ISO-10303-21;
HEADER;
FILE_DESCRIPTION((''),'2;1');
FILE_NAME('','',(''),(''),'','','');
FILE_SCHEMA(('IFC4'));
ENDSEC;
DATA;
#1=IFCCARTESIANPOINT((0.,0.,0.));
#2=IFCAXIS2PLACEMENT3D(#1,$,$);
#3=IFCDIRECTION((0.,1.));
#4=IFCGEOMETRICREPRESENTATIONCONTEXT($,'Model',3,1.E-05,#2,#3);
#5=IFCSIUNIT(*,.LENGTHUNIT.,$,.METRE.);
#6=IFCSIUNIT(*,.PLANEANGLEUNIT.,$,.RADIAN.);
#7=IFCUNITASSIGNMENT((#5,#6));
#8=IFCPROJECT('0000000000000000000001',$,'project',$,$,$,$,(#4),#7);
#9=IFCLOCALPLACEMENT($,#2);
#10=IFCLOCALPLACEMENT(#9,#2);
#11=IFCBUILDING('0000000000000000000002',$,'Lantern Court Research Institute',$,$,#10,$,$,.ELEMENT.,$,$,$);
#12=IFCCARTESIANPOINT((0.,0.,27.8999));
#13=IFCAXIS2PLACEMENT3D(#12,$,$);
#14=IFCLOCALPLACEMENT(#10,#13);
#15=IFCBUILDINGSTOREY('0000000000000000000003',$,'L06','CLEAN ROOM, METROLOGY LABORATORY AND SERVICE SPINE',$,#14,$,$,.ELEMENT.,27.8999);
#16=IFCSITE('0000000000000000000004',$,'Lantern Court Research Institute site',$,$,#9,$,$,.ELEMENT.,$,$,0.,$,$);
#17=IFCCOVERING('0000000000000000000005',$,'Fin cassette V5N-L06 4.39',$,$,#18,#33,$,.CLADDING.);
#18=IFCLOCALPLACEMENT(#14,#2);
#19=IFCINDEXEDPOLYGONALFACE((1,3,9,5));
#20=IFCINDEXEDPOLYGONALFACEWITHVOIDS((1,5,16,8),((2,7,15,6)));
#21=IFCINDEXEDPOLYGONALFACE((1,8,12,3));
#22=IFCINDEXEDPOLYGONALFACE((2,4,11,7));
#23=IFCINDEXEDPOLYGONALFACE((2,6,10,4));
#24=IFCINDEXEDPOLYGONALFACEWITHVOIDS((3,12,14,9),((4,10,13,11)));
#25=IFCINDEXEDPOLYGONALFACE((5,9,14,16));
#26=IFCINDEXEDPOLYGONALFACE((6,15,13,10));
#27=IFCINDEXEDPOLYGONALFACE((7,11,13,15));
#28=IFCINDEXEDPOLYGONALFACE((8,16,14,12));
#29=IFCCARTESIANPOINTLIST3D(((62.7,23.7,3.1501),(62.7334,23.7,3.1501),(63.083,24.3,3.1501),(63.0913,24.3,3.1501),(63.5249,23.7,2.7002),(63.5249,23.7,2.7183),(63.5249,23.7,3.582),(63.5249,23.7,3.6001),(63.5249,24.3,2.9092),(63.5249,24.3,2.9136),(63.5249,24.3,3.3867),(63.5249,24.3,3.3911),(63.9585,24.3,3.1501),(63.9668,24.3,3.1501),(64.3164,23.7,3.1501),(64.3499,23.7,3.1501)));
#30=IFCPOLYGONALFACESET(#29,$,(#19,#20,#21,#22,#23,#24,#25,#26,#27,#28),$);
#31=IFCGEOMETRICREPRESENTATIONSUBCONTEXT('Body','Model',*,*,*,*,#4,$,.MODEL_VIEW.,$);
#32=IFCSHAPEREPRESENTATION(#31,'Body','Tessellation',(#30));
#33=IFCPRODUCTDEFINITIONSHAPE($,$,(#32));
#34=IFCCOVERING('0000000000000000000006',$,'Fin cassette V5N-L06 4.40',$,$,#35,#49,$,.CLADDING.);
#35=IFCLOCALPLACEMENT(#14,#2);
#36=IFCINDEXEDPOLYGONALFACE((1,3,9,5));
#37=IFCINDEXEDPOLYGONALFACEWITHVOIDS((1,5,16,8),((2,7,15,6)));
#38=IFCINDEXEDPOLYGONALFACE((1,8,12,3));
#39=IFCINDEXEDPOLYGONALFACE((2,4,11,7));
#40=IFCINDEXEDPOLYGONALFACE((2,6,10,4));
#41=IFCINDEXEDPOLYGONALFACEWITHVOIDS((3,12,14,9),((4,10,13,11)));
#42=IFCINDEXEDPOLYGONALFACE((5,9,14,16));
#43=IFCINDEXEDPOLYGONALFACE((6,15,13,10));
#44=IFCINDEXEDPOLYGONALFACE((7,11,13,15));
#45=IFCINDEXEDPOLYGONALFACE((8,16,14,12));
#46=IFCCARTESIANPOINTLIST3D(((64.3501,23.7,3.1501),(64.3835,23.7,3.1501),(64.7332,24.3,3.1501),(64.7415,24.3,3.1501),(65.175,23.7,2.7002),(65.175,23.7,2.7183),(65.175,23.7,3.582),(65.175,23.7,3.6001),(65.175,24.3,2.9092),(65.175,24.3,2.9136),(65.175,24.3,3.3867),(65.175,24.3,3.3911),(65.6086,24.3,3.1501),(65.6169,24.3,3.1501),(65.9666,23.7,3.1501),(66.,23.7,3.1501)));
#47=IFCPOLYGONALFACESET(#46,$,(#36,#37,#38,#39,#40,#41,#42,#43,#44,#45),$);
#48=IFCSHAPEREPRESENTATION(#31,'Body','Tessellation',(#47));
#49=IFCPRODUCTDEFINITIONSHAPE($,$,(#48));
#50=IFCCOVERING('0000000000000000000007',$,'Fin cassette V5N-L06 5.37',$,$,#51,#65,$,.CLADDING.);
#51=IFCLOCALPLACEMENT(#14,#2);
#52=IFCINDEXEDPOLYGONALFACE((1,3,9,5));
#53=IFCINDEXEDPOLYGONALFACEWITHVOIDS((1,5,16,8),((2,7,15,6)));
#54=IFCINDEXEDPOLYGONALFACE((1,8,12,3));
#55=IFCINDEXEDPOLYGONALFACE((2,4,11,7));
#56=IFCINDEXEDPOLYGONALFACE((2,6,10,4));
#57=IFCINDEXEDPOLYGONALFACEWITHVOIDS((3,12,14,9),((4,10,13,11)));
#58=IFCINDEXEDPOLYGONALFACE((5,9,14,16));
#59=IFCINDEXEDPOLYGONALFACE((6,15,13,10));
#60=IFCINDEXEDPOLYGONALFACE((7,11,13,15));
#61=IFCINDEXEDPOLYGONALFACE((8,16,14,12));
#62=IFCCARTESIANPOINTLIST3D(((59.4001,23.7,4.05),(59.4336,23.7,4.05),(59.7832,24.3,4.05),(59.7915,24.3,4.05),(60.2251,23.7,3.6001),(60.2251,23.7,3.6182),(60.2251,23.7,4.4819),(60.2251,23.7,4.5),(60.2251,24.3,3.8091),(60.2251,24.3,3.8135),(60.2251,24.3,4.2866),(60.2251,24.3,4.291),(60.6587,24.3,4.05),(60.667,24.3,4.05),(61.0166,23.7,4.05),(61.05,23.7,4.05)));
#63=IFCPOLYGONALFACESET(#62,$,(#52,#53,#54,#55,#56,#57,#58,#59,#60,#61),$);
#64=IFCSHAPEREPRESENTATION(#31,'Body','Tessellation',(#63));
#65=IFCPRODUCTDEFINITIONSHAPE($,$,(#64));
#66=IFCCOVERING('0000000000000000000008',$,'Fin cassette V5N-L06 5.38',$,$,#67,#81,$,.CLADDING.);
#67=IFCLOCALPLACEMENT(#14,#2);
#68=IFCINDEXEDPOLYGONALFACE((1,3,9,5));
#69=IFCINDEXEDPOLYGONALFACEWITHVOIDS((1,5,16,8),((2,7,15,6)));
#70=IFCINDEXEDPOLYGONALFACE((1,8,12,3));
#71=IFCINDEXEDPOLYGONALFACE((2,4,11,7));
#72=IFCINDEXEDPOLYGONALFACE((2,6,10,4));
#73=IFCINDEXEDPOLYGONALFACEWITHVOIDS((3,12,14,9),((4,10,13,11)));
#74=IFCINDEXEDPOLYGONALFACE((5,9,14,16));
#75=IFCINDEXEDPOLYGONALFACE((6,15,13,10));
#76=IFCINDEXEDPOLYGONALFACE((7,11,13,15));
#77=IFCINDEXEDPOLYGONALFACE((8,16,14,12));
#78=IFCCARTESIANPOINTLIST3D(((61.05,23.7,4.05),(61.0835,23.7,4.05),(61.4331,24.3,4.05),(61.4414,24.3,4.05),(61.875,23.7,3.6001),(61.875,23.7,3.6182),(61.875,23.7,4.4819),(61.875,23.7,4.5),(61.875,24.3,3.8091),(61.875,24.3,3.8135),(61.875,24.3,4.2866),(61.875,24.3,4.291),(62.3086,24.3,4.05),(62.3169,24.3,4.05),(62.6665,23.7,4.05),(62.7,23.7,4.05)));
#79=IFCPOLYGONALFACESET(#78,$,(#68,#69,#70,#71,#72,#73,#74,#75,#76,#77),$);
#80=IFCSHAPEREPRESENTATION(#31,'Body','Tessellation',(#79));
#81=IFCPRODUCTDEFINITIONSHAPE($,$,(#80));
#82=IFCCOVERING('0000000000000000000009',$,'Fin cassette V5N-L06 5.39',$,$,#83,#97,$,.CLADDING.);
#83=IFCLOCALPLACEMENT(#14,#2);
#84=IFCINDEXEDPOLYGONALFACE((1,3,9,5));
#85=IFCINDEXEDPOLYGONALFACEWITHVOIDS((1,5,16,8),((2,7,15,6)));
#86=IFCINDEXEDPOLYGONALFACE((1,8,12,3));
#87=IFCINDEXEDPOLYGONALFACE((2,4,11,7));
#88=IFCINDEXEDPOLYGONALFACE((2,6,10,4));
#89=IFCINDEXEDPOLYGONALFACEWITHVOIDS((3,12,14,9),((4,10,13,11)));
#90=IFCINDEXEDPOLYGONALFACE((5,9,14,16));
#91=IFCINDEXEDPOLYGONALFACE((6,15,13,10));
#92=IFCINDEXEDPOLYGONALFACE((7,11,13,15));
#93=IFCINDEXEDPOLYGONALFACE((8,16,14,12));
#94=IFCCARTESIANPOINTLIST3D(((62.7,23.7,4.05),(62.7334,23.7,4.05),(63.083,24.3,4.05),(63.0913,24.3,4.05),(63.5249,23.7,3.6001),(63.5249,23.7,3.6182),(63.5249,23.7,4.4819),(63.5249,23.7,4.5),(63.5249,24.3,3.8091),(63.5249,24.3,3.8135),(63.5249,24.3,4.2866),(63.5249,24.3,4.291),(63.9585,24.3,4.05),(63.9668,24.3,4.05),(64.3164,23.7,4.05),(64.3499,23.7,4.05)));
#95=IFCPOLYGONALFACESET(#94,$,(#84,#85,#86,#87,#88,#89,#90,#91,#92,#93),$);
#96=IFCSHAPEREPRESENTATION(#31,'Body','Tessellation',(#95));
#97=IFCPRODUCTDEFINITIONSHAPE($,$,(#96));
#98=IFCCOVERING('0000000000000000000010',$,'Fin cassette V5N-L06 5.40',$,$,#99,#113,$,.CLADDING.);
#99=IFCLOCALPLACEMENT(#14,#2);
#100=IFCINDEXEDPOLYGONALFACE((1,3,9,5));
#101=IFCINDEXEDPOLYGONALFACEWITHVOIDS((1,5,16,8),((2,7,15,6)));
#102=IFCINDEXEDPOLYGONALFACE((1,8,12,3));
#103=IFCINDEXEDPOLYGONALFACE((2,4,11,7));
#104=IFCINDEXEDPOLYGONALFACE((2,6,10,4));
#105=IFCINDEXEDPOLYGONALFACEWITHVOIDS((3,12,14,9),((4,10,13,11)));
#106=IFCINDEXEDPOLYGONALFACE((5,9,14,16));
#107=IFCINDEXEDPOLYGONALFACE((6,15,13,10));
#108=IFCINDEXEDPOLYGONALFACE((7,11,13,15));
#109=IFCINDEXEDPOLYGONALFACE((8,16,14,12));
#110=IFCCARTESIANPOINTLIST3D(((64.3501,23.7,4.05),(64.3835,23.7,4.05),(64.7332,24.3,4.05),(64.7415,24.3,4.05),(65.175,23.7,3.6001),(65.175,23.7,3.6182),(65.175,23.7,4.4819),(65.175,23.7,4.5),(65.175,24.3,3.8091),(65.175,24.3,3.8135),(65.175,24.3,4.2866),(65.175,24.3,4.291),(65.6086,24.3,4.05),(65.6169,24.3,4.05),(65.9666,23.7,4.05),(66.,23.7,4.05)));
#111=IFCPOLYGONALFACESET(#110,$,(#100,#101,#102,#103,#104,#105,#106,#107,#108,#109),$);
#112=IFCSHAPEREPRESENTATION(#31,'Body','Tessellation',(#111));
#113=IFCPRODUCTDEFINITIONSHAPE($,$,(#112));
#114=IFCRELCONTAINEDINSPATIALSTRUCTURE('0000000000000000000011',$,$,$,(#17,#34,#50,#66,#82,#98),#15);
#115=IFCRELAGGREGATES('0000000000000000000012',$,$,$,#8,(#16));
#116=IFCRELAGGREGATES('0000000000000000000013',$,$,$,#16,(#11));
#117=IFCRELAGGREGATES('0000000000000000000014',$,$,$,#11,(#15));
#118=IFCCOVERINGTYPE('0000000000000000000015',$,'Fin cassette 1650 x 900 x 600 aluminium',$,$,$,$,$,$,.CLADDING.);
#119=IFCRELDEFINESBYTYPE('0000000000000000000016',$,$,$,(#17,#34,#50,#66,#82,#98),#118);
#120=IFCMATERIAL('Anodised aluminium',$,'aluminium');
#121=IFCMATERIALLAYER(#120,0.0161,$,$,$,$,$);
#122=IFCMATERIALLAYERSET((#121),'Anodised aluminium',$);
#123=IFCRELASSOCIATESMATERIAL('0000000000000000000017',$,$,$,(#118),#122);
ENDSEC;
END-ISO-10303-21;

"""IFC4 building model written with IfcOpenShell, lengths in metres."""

from ifc_helpers import new_model, entity, si_unit, direction, frame, origin, place, context, subcontext, project, spatial, material, layer, layer_set, type_object, element, save


model = new_model("IFC4")

# Units and contexts
model_context = context("Model", 3, precision=1e-05, world=origin(), true_north=direction((0.0, 1.0)))
body_context = subcontext(model_context, "Body", "Model", "MODEL_VIEW")
ifc_project = project(units=[si_unit("LENGTHUNIT", "METRE"), si_unit("PLANEANGLEUNIT", "RADIAN")], contexts=[model_context])

# Site, building, storey
site_placement = place(None, origin())
site = spatial("IfcSite", under=ifc_project, at=site_placement, Name="Lantern Court Research Institute site", CompositionType="ELEMENT", RefElevation=0.0)
building_placement = place(site_placement, origin())
building = spatial("IfcBuilding", under=site, at=building_placement, Name="Lantern Court Research Institute", CompositionType="ELEMENT")
storey_placement = place(building_placement, frame((0.0, 0.0, 27.8999)))
storey = spatial("IfcBuildingStorey", under=building, at=storey_placement, Name="L06", Description="CLEAN ROOM, METROLOGY LABORATORY AND SERVICE SPINE", CompositionType="ELEMENT", Elevation=27.8999)

# Coverings
ifc_material_1 = material(Name="Anodised aluminium", Category="aluminium")
ifc_layer_1 = layer(ifc_material_1, 0.0161)
ifc_layer_set_1 = layer_set([ifc_layer_1], Name="Anodised aluminium")
covering_type = type_object("IfcCoveringType", Name="Fin cassette 1650 x 900 x 600 aluminium", PredefinedType="CLADDING", material=ifc_layer_set_1)
covering_1_placement = place(storey_placement, frame((63.5249, 23.7, 3.1501), z_axis=(0.0, 1.0, 0.0), x_axis=(-1.0, 0.0, 0.0)))
cartesian_point_1 = entity("IfcCartesianPoint", [0.825, 0.0])
cartesian_point_2 = entity("IfcCartesianPoint", [0.7915, 0.0])
cartesian_point_3 = entity("IfcCartesianPoint", [0.4419, 0.0])
cartesian_point_4 = entity("IfcCartesianPoint", [0.4336, 0.0])
element("IfcCovering", 1, at=covering_1_placement, inside=storey, type_object=covering_type, Name="Fin cassette V5N-L06 4.39", PredefinedType="CLADDING", context=body_context, shape_type="SweptSolid", body=[
    entity("IfcExtrudedAreaSolidTapered", entity("IfcArbitraryProfileDefWithVoids", "AREA", None, entity("IfcPolyline", [cartesian_point_1, entity("IfcCartesianPoint", [0.0, 0.45]), entity("IfcCartesianPoint", [-0.825, 0.0]), entity("IfcCartesianPoint", [0.0, -0.45]), cartesian_point_1]), [entity("IfcPolyline", [cartesian_point_2, entity("IfcCartesianPoint", [0.0, 0.4319]), entity("IfcCartesianPoint", [-0.7915, 0.0]), entity("IfcCartesianPoint", [0.0, -0.4319]), cartesian_point_2])]), entity("IfcAxis2Placement3D", entity("IfcCartesianPoint", [0.0, 0.0, 0.0])), entity("IfcDirection", [0.0, 0.0, 1.0]), 0.6001, entity("IfcArbitraryProfileDefWithVoids", "AREA", None, entity("IfcPolyline", [cartesian_point_3, entity("IfcCartesianPoint", [0.0, 0.241]), entity("IfcCartesianPoint", [-0.4419, 0.0]), entity("IfcCartesianPoint", [0.0, -0.241]), cartesian_point_3]), [entity("IfcPolyline", [cartesian_point_4, entity("IfcCartesianPoint", [0.0, 0.2366]), entity("IfcCartesianPoint", [-0.4336, 0.0]), entity("IfcCartesianPoint", [0.0, -0.2366]), cartesian_point_4])])),
])
covering_2_placement = place(storey_placement, frame((65.175, 23.7, 3.1501), z_axis=(0.0, 1.0, 0.0), x_axis=(-1.0, 0.0, 0.0)))
cartesian_point_5 = entity("IfcCartesianPoint", [0.825, 0.0])
cartesian_point_6 = entity("IfcCartesianPoint", [0.7915, 0.0])
cartesian_point_7 = entity("IfcCartesianPoint", [0.4419, 0.0])
cartesian_point_8 = entity("IfcCartesianPoint", [0.4336, 0.0])
element("IfcCovering", 2, at=covering_2_placement, inside=storey, type_object=covering_type, Name="Fin cassette V5N-L06 4.40", PredefinedType="CLADDING", context=body_context, shape_type="SweptSolid", body=[
    entity("IfcExtrudedAreaSolidTapered", entity("IfcArbitraryProfileDefWithVoids", "AREA", None, entity("IfcPolyline", [cartesian_point_5, entity("IfcCartesianPoint", [0.0, 0.45]), entity("IfcCartesianPoint", [-0.825, 0.0]), entity("IfcCartesianPoint", [0.0, -0.45]), cartesian_point_5]), [entity("IfcPolyline", [cartesian_point_6, entity("IfcCartesianPoint", [0.0, 0.4319]), entity("IfcCartesianPoint", [-0.7915, 0.0]), entity("IfcCartesianPoint", [0.0, -0.4319]), cartesian_point_6])]), entity("IfcAxis2Placement3D", entity("IfcCartesianPoint", [0.0, 0.0, 0.0])), entity("IfcDirection", [0.0, 0.0, 1.0]), 0.6001, entity("IfcArbitraryProfileDefWithVoids", "AREA", None, entity("IfcPolyline", [cartesian_point_7, entity("IfcCartesianPoint", [0.0, 0.241]), entity("IfcCartesianPoint", [-0.4419, 0.0]), entity("IfcCartesianPoint", [0.0, -0.241]), cartesian_point_7]), [entity("IfcPolyline", [cartesian_point_8, entity("IfcCartesianPoint", [0.0, 0.2366]), entity("IfcCartesianPoint", [-0.4336, 0.0]), entity("IfcCartesianPoint", [0.0, -0.2366]), cartesian_point_8])])),
])
covering_3_placement = place(storey_placement, frame((60.2251, 23.7, 4.05), z_axis=(0.0, 1.0, 0.0), x_axis=(-1.0, 0.0, 0.0)))
cartesian_point_9 = entity("IfcCartesianPoint", [0.825, 0.0])
cartesian_point_10 = entity("IfcCartesianPoint", [0.7915, 0.0])
cartesian_point_11 = entity("IfcCartesianPoint", [0.4419, 0.0])
cartesian_point_12 = entity("IfcCartesianPoint", [0.4336, 0.0])
element("IfcCovering", 3, at=covering_3_placement, inside=storey, type_object=covering_type, Name="Fin cassette V5N-L06 5.37", PredefinedType="CLADDING", context=body_context, shape_type="SweptSolid", body=[
    entity("IfcExtrudedAreaSolidTapered", entity("IfcArbitraryProfileDefWithVoids", "AREA", None, entity("IfcPolyline", [cartesian_point_9, entity("IfcCartesianPoint", [0.0, 0.45]), entity("IfcCartesianPoint", [-0.825, 0.0]), entity("IfcCartesianPoint", [0.0, -0.45]), cartesian_point_9]), [entity("IfcPolyline", [cartesian_point_10, entity("IfcCartesianPoint", [0.0, 0.4319]), entity("IfcCartesianPoint", [-0.7915, 0.0]), entity("IfcCartesianPoint", [0.0, -0.4319]), cartesian_point_10])]), entity("IfcAxis2Placement3D", entity("IfcCartesianPoint", [0.0, 0.0, 0.0])), entity("IfcDirection", [0.0, 0.0, 1.0]), 0.6001, entity("IfcArbitraryProfileDefWithVoids", "AREA", None, entity("IfcPolyline", [cartesian_point_11, entity("IfcCartesianPoint", [0.0, 0.241]), entity("IfcCartesianPoint", [-0.4419, 0.0]), entity("IfcCartesianPoint", [0.0, -0.241]), cartesian_point_11]), [entity("IfcPolyline", [cartesian_point_12, entity("IfcCartesianPoint", [0.0, 0.2366]), entity("IfcCartesianPoint", [-0.4336, 0.0]), entity("IfcCartesianPoint", [0.0, -0.2366]), cartesian_point_12])])),
])
covering_4_placement = place(storey_placement, frame((61.875, 23.7, 4.05), z_axis=(0.0, 1.0, 0.0), x_axis=(-1.0, 0.0, 0.0)))
cartesian_point_13 = entity("IfcCartesianPoint", [0.825, 0.0])
cartesian_point_14 = entity("IfcCartesianPoint", [0.7915, 0.0])
cartesian_point_15 = entity("IfcCartesianPoint", [0.4419, 0.0])
cartesian_point_16 = entity("IfcCartesianPoint", [0.4336, 0.0])
element("IfcCovering", 4, at=covering_4_placement, inside=storey, type_object=covering_type, Name="Fin cassette V5N-L06 5.38", PredefinedType="CLADDING", context=body_context, shape_type="SweptSolid", body=[
    entity("IfcExtrudedAreaSolidTapered", entity("IfcArbitraryProfileDefWithVoids", "AREA", None, entity("IfcPolyline", [cartesian_point_13, entity("IfcCartesianPoint", [0.0, 0.45]), entity("IfcCartesianPoint", [-0.825, 0.0]), entity("IfcCartesianPoint", [0.0, -0.45]), cartesian_point_13]), [entity("IfcPolyline", [cartesian_point_14, entity("IfcCartesianPoint", [0.0, 0.4319]), entity("IfcCartesianPoint", [-0.7915, 0.0]), entity("IfcCartesianPoint", [0.0, -0.4319]), cartesian_point_14])]), entity("IfcAxis2Placement3D", entity("IfcCartesianPoint", [0.0, 0.0, 0.0])), entity("IfcDirection", [0.0, 0.0, 1.0]), 0.6001, entity("IfcArbitraryProfileDefWithVoids", "AREA", None, entity("IfcPolyline", [cartesian_point_15, entity("IfcCartesianPoint", [0.0, 0.241]), entity("IfcCartesianPoint", [-0.4419, 0.0]), entity("IfcCartesianPoint", [0.0, -0.241]), cartesian_point_15]), [entity("IfcPolyline", [cartesian_point_16, entity("IfcCartesianPoint", [0.0, 0.2366]), entity("IfcCartesianPoint", [-0.4336, 0.0]), entity("IfcCartesianPoint", [0.0, -0.2366]), cartesian_point_16])])),
])
covering_5_placement = place(storey_placement, frame((63.5249, 23.7, 4.05), z_axis=(0.0, 1.0, 0.0), x_axis=(-1.0, 0.0, 0.0)))
cartesian_point_17 = entity("IfcCartesianPoint", [0.825, 0.0])
cartesian_point_18 = entity("IfcCartesianPoint", [0.7915, 0.0])
cartesian_point_19 = entity("IfcCartesianPoint", [0.4419, 0.0])
cartesian_point_20 = entity("IfcCartesianPoint", [0.4336, 0.0])
element("IfcCovering", 5, at=covering_5_placement, inside=storey, type_object=covering_type, Name="Fin cassette V5N-L06 5.39", PredefinedType="CLADDING", context=body_context, shape_type="SweptSolid", body=[
    entity("IfcExtrudedAreaSolidTapered", entity("IfcArbitraryProfileDefWithVoids", "AREA", None, entity("IfcPolyline", [cartesian_point_17, entity("IfcCartesianPoint", [0.0, 0.45]), entity("IfcCartesianPoint", [-0.825, 0.0]), entity("IfcCartesianPoint", [0.0, -0.45]), cartesian_point_17]), [entity("IfcPolyline", [cartesian_point_18, entity("IfcCartesianPoint", [0.0, 0.4319]), entity("IfcCartesianPoint", [-0.7915, 0.0]), entity("IfcCartesianPoint", [0.0, -0.4319]), cartesian_point_18])]), entity("IfcAxis2Placement3D", entity("IfcCartesianPoint", [0.0, 0.0, 0.0])), entity("IfcDirection", [0.0, 0.0, 1.0]), 0.6001, entity("IfcArbitraryProfileDefWithVoids", "AREA", None, entity("IfcPolyline", [cartesian_point_19, entity("IfcCartesianPoint", [0.0, 0.241]), entity("IfcCartesianPoint", [-0.4419, 0.0]), entity("IfcCartesianPoint", [0.0, -0.241]), cartesian_point_19]), [entity("IfcPolyline", [cartesian_point_20, entity("IfcCartesianPoint", [0.0, 0.2366]), entity("IfcCartesianPoint", [-0.4336, 0.0]), entity("IfcCartesianPoint", [0.0, -0.2366]), cartesian_point_20])])),
])
covering_6_placement = place(storey_placement, frame((65.175, 23.7, 4.05), z_axis=(0.0, 1.0, 0.0), x_axis=(-1.0, 0.0, 0.0)))
cartesian_point_21 = entity("IfcCartesianPoint", [0.825, 0.0])
cartesian_point_22 = entity("IfcCartesianPoint", [0.7915, 0.0])
cartesian_point_23 = entity("IfcCartesianPoint", [0.4419, 0.0])
cartesian_point_24 = entity("IfcCartesianPoint", [0.4336, 0.0])
element("IfcCovering", 6, at=covering_6_placement, inside=storey, type_object=covering_type, Name="Fin cassette V5N-L06 5.40", PredefinedType="CLADDING", context=body_context, shape_type="SweptSolid", body=[
    entity("IfcExtrudedAreaSolidTapered", entity("IfcArbitraryProfileDefWithVoids", "AREA", None, entity("IfcPolyline", [cartesian_point_21, entity("IfcCartesianPoint", [0.0, 0.45]), entity("IfcCartesianPoint", [-0.825, 0.0]), entity("IfcCartesianPoint", [0.0, -0.45]), cartesian_point_21]), [entity("IfcPolyline", [cartesian_point_22, entity("IfcCartesianPoint", [0.0, 0.4319]), entity("IfcCartesianPoint", [-0.7915, 0.0]), entity("IfcCartesianPoint", [0.0, -0.4319]), cartesian_point_22])]), entity("IfcAxis2Placement3D", entity("IfcCartesianPoint", [0.0, 0.0, 0.0])), entity("IfcDirection", [0.0, 0.0, 1.0]), 0.6001, entity("IfcArbitraryProfileDefWithVoids", "AREA", None, entity("IfcPolyline", [cartesian_point_23, entity("IfcCartesianPoint", [0.0, 0.241]), entity("IfcCartesianPoint", [-0.4419, 0.0]), entity("IfcCartesianPoint", [0.0, -0.241]), cartesian_point_23]), [entity("IfcPolyline", [cartesian_point_24, entity("IfcCartesianPoint", [0.0, 0.2366]), entity("IfcCartesianPoint", [-0.4336, 0.0]), entity("IfcCartesianPoint", [0.0, -0.2366]), cartesian_point_24])])),
])

save(model, "model.ifc")
